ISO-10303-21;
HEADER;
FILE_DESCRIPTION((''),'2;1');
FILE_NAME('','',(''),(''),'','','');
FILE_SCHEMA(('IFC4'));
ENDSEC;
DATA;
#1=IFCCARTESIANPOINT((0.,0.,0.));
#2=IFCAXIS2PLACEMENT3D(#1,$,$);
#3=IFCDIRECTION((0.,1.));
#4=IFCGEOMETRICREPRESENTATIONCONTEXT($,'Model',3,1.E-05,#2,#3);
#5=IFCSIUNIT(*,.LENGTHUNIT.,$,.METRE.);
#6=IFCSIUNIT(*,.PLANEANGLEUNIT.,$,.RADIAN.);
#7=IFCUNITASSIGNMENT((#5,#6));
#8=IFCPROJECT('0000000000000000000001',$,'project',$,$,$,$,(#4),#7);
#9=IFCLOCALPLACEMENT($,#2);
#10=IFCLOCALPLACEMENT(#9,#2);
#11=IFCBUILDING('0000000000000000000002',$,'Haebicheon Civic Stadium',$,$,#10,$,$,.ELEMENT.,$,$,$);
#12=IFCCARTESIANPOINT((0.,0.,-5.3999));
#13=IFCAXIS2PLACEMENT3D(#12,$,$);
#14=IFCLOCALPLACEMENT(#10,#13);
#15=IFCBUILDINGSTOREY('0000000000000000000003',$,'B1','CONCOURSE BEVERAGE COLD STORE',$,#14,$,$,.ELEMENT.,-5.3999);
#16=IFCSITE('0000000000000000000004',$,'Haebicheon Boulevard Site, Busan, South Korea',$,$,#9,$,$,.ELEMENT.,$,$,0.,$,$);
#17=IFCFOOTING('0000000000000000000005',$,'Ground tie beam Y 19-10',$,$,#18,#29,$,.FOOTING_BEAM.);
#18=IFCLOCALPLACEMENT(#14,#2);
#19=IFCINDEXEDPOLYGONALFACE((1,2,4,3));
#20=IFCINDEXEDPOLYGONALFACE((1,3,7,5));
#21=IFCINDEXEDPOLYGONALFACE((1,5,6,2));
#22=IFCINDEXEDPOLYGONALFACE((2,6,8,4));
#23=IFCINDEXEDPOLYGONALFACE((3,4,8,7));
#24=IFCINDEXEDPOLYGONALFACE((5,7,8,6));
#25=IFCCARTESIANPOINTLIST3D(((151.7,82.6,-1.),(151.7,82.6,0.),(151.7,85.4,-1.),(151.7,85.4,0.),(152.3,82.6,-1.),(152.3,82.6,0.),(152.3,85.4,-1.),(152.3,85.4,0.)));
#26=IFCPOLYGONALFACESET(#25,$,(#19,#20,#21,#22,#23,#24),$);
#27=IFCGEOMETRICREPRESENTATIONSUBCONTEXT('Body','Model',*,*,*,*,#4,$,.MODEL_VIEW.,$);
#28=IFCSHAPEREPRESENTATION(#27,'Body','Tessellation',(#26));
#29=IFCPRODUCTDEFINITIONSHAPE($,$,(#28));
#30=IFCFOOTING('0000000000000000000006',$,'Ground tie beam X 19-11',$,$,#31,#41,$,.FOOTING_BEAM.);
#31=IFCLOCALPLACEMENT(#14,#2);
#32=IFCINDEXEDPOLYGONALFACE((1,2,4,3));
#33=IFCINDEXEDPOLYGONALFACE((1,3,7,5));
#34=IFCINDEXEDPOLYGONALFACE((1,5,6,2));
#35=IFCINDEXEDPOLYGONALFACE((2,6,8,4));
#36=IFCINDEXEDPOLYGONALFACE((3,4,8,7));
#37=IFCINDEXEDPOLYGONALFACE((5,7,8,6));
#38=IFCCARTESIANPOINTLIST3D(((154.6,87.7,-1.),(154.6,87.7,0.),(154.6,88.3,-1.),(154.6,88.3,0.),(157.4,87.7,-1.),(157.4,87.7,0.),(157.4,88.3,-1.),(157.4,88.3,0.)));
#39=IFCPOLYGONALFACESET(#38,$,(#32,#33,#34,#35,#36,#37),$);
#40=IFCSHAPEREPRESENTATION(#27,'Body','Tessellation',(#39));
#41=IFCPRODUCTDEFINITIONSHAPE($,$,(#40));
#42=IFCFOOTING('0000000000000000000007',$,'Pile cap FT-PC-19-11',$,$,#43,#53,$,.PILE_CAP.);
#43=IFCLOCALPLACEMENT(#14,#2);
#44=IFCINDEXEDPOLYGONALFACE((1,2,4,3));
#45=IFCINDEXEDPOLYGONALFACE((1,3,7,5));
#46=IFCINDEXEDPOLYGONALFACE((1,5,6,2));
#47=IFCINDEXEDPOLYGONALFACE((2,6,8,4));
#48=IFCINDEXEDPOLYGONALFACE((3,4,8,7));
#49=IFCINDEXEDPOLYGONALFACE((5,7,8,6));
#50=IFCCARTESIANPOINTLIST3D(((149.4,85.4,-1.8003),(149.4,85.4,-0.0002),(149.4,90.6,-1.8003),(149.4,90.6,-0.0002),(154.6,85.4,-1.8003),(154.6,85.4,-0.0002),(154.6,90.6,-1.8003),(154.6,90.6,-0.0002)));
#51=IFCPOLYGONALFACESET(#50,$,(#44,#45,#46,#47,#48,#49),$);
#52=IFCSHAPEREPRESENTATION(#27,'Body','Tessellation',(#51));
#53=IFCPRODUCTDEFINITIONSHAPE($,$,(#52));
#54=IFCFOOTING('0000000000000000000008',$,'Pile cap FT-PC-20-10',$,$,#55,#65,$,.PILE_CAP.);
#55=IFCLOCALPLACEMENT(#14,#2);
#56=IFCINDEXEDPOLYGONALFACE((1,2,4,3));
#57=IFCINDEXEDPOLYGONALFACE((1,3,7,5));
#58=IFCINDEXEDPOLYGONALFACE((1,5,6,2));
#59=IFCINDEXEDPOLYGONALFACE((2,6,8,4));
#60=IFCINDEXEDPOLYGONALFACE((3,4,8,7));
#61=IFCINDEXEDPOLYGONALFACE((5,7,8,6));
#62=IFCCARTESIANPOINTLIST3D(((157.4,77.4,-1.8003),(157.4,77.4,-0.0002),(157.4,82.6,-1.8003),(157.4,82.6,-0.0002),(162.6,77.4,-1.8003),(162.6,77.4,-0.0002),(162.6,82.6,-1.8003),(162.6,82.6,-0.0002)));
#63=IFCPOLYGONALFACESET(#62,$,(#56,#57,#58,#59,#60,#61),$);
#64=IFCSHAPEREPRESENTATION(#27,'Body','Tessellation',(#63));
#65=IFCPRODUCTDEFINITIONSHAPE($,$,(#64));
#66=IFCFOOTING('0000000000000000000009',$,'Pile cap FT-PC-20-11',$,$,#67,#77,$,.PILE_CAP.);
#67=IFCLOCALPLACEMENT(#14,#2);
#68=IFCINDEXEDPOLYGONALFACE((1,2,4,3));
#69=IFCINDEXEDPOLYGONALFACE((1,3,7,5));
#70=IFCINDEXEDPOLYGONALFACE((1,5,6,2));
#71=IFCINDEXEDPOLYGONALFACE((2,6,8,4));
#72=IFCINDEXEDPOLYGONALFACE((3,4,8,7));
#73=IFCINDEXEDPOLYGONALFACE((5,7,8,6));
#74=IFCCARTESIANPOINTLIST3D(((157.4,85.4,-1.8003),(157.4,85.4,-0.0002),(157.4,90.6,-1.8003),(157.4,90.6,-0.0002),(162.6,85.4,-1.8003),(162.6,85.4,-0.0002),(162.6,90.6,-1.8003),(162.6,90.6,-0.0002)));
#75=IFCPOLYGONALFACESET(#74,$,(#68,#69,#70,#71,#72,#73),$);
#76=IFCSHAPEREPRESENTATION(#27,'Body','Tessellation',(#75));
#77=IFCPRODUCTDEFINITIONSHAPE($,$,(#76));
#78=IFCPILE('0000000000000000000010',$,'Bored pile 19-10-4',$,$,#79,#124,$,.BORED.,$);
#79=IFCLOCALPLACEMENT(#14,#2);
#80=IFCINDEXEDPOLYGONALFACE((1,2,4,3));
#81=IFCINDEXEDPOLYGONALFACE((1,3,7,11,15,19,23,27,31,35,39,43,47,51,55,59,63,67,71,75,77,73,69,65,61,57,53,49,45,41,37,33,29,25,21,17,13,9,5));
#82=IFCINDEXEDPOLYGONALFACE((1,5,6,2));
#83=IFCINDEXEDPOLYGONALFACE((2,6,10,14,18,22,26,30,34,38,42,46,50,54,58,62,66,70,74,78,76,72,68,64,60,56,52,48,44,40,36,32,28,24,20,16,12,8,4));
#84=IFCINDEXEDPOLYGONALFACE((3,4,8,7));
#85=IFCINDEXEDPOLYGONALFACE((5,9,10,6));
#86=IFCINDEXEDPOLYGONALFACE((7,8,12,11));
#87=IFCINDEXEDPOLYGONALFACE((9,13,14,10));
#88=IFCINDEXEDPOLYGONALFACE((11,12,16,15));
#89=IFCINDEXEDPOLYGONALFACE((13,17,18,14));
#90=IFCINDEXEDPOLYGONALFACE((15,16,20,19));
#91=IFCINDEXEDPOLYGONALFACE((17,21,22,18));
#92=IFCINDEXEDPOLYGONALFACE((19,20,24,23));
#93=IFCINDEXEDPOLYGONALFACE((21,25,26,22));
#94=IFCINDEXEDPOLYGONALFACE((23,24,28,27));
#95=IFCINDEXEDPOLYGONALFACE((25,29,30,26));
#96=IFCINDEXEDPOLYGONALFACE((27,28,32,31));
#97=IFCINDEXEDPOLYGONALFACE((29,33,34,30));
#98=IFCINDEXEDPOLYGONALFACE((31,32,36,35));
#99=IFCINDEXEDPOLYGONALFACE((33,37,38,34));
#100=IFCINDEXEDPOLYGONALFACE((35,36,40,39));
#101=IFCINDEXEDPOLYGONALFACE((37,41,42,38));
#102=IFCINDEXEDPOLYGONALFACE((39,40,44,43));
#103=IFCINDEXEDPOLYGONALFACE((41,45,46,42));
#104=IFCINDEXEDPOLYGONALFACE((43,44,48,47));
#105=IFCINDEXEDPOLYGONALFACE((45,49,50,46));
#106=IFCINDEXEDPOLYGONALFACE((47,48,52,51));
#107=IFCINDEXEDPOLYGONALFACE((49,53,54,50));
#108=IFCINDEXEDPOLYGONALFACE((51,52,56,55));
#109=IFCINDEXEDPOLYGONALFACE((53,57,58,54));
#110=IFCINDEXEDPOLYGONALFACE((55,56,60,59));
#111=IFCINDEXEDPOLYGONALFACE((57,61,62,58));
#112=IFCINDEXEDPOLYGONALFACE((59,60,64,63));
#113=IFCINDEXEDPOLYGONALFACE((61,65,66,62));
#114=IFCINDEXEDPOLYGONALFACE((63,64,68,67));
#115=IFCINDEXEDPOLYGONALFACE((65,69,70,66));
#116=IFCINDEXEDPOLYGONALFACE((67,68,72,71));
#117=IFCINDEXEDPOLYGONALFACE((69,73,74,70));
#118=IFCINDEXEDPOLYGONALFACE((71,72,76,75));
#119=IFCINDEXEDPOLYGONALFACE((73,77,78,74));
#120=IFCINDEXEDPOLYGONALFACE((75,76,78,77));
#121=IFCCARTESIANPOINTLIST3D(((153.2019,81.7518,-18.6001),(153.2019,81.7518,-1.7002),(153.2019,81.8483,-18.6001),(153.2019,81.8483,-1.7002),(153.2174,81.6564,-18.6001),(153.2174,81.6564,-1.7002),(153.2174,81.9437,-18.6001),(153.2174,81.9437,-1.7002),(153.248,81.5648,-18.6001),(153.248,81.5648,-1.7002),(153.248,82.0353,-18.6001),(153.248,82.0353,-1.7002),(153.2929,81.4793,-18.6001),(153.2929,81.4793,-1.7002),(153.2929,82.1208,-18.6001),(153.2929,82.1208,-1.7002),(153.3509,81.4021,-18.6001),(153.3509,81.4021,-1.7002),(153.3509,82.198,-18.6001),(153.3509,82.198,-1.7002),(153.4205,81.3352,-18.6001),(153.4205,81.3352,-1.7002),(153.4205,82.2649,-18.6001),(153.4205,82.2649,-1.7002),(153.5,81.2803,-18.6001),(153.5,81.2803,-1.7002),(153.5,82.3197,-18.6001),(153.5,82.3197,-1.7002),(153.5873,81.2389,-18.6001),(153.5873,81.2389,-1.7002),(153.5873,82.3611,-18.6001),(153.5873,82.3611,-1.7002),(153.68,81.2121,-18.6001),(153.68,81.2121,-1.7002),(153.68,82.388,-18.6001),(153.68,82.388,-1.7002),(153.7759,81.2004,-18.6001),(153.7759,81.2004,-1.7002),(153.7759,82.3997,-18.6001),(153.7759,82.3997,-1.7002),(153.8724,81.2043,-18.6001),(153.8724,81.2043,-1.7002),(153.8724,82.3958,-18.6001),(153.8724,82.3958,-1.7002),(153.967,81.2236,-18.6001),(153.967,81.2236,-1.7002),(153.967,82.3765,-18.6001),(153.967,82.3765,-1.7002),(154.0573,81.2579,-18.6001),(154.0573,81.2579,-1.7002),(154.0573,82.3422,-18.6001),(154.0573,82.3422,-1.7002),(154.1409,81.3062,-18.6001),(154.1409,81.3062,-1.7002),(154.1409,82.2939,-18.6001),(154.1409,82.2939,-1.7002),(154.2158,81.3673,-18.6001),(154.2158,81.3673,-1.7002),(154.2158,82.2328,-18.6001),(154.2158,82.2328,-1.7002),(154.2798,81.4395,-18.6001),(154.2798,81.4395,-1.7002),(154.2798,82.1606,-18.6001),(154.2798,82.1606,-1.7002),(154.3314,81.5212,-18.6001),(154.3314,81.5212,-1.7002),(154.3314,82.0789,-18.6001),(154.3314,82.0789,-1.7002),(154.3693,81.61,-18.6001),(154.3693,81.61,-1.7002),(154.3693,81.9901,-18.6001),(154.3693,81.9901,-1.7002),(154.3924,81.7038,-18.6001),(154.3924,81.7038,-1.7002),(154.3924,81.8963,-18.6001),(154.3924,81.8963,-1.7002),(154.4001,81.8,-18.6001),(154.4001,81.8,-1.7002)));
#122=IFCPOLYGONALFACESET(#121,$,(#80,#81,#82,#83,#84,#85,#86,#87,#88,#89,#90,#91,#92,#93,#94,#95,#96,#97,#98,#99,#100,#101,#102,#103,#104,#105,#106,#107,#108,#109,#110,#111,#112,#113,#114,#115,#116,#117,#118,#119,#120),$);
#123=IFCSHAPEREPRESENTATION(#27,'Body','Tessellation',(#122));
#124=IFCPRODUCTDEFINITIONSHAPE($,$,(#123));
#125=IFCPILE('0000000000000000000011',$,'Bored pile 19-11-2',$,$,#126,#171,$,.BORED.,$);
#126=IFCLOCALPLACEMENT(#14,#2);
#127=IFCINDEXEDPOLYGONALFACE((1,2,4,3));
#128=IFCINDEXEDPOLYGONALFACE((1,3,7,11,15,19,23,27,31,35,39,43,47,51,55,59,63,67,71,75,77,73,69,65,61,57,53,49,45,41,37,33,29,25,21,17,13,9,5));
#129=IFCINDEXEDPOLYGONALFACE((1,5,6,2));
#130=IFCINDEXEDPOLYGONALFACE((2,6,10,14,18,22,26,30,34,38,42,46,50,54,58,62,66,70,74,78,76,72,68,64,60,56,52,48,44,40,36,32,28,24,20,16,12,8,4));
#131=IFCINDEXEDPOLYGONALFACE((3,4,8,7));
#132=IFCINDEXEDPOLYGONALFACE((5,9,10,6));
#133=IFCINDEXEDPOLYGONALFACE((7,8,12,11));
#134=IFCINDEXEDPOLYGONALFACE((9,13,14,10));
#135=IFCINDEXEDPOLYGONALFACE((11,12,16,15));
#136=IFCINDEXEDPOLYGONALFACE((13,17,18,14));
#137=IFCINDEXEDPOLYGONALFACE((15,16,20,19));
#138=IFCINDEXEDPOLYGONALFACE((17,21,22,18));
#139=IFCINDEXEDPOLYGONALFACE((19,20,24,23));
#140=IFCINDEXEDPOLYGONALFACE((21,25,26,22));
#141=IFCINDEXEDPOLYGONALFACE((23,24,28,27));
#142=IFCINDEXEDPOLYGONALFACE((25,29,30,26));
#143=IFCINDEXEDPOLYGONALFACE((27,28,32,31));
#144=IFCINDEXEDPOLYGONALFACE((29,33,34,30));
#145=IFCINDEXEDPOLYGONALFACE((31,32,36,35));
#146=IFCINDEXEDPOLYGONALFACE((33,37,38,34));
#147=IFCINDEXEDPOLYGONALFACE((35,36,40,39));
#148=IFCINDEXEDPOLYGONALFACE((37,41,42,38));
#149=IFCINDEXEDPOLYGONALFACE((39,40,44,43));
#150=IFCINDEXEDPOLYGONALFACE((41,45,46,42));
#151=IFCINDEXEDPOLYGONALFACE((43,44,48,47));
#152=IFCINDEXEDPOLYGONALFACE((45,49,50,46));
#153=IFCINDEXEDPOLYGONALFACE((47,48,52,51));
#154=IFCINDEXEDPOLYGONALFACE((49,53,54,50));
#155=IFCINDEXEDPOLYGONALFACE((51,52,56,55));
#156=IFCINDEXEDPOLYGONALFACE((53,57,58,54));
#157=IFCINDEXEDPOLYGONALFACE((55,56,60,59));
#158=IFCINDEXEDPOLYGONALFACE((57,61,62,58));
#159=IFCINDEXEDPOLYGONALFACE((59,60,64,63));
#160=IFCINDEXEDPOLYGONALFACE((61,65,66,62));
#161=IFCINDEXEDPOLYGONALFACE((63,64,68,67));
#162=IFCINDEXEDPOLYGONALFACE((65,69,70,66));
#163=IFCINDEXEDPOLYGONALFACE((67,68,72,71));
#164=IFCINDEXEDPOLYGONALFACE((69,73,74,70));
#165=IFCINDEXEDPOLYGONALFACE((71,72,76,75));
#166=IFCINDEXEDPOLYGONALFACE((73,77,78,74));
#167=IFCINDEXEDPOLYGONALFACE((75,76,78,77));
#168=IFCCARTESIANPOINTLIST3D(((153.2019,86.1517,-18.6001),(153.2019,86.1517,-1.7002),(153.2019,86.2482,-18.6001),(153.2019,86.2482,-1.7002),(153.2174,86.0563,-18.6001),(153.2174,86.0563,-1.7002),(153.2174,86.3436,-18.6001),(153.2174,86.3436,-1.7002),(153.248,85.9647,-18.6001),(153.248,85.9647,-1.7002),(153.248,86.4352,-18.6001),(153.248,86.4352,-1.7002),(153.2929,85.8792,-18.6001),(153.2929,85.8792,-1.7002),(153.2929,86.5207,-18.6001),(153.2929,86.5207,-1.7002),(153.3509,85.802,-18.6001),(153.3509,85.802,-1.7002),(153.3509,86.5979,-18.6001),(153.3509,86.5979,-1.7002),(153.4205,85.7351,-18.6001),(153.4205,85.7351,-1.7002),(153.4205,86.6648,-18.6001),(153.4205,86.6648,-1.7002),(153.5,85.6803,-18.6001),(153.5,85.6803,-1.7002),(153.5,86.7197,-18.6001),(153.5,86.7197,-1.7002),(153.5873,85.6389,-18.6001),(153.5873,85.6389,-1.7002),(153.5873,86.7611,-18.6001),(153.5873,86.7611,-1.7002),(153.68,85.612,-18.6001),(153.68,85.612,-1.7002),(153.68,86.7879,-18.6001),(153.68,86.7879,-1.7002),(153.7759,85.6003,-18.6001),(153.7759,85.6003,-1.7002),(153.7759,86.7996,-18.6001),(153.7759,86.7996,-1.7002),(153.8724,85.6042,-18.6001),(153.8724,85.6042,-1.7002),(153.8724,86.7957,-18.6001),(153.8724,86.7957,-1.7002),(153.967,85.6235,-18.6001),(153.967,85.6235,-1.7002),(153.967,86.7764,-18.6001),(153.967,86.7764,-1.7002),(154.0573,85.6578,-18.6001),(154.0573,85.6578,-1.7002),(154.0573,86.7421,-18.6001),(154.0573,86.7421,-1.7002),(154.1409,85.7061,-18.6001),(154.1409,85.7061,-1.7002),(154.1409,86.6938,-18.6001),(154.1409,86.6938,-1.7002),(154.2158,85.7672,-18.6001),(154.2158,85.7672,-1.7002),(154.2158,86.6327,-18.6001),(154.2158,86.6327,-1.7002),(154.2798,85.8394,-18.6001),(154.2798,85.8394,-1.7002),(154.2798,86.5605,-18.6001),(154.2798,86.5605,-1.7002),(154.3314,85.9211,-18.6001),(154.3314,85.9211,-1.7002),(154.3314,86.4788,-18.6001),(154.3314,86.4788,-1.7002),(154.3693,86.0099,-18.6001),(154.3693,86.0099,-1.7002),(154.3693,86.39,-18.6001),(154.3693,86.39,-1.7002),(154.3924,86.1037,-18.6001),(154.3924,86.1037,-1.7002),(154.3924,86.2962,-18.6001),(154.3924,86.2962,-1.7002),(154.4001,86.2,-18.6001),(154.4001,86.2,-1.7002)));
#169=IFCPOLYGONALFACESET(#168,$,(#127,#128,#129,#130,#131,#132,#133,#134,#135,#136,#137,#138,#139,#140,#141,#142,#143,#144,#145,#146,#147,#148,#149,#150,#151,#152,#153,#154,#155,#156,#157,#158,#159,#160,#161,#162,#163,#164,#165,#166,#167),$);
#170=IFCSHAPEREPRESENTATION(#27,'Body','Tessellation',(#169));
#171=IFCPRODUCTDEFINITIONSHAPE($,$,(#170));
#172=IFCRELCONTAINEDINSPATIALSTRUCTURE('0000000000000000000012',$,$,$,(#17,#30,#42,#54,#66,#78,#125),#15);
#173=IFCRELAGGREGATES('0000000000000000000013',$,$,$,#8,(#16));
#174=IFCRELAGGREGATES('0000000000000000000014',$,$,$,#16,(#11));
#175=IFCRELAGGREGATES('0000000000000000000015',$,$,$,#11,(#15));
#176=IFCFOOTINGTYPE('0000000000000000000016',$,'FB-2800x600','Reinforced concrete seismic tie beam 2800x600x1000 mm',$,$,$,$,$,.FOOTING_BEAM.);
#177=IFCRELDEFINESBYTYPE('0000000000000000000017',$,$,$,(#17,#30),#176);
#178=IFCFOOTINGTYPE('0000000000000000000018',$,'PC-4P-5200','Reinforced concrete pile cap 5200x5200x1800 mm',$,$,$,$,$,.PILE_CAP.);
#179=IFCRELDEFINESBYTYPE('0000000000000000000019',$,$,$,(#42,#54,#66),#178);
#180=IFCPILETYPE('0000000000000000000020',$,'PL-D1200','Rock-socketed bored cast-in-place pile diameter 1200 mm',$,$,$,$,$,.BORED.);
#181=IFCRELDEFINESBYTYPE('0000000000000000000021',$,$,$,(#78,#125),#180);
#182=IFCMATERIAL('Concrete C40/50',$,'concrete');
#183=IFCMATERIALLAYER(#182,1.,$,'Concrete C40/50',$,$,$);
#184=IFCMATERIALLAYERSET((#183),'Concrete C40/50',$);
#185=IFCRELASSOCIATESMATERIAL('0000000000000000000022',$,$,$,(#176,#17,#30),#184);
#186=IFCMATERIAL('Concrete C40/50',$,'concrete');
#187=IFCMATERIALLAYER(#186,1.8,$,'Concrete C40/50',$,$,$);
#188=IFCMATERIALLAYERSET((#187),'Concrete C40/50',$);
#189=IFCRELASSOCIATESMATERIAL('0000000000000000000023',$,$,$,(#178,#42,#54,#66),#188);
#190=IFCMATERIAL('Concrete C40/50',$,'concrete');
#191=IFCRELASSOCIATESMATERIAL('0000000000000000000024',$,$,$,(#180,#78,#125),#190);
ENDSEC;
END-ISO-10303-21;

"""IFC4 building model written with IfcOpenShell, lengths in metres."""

from ifc_helpers import new_model, si_unit, direction, frame, origin, origin_2d, place, context, subcontext, project, spatial, rectangle, circle, extrude, material, layer, layer_set, material_profile, profile_set, type_object, element, save


model = new_model("IFC4")

# Units and contexts
model_context = context("Model", 3, precision=1e-05, world=origin(), true_north=direction((0.0, 1.0)))
body_context = subcontext(model_context, "Body", "Model", "MODEL_VIEW")
ifc_project = project(units=[si_unit("LENGTHUNIT", "METRE"), si_unit("PLANEANGLEUNIT", "RADIAN")], contexts=[model_context])

# Site, building, storey
site_placement = place(None, origin())
site = spatial("IfcSite", under=ifc_project, at=site_placement, Name="Haebicheon Boulevard Site, Busan, South Korea", CompositionType="ELEMENT", RefElevation=0.0)
building_placement = place(site_placement, origin())
building = spatial("IfcBuilding", under=site, at=building_placement, Name="Haebicheon Civic Stadium", CompositionType="ELEMENT")
storey_placement = place(building_placement, frame((0.0, 0.0, -5.3999)))
storey = spatial("IfcBuildingStorey", under=building, at=storey_placement, Name="B1", Description="CONCOURSE BEVERAGE COLD STORE", CompositionType="ELEMENT", Elevation=-5.3999)

# Footings
ifc_material_1 = material(Name="Concrete C40/50", Category="concrete")
ifc_layer_1 = layer(ifc_material_1, 1.0, Name="Concrete C40/50")
ifc_layer_set_1 = layer_set([ifc_layer_1], Name="Concrete C40/50")
footing_type_1 = type_object("IfcFootingType", Name="FB-2800x600", Description="Reinforced concrete seismic tie beam 2800x600x1000 mm", PredefinedType="FOOTING_BEAM", material=ifc_layer_set_1)
for number, where, z_axis, x_axis, name in (
    (1, (152.0, 84.0, -1.0), (0.0, 0.0, 1.0), (0.0, 1.0, 0.0), "Ground tie beam Y 19-10"),
    (2, (156.0, 88.0, -1.0), (0.0, 0.0, 1.0), (1.0, 0.0, 0.0), "Ground tie beam X 19-11"),
):
    element("IfcFooting", number, at=place(storey_placement, frame(where, z_axis=z_axis, x_axis=x_axis)), inside=storey, type_object=footing_type_1, material=ifc_layer_set_1, Name=name, PredefinedType="FOOTING_BEAM", context=body_context, shape_type="SweptSolid", body=[
        extrude(rectangle(XDim=2.8, YDim=0.6001, at=origin_2d()), origin(), (0.0, 0.0, 1.0), 1.0),
    ])
ifc_material_2 = material(Name="Concrete C40/50", Category="concrete")
ifc_layer_2 = layer(ifc_material_2, 1.8, Name="Concrete C40/50")
ifc_layer_set_2 = layer_set([ifc_layer_2], Name="Concrete C40/50")
footing_type_2 = type_object("IfcFootingType", Name="PC-4P-5200", Description="Reinforced concrete pile cap 5200x5200x1800 mm", PredefinedType="PILE_CAP", material=ifc_layer_set_2)
for number, where, z_axis, x_axis, name in (
    (3, (152.0, 88.0, -1.8003), (0.0, 0.0, 1.0), (1.0, 0.0, 0.0), "Pile cap FT-PC-19-11"),
    (4, (160.0, 80.0, -1.8003), (0.0, 0.0, 1.0), (1.0, 0.0, 0.0), "Pile cap FT-PC-20-10"),
    (5, (160.0, 88.0, -1.8003), (0.0, 0.0, 1.0), (1.0, 0.0, 0.0), "Pile cap FT-PC-20-11"),
):
    element("IfcFooting", number, at=place(storey_placement, frame(where, z_axis=z_axis, x_axis=x_axis)), inside=storey, type_object=footing_type_2, material=ifc_layer_set_2, Name=name, PredefinedType="PILE_CAP", context=body_context, shape_type="SweptSolid", body=[
        extrude(rectangle(XDim=5.2, YDim=5.2, at=origin_2d()), origin(), (0.0, 0.0, 1.0), 1.8),
    ])

# Piles
ifc_material_3 = material(Name="Concrete C40/50", Category="concrete")
ifc_material_profile_1 = material_profile(ifc_material_3, circle(Radius=0.6001, at=origin_2d()), Name="PILE-D1200")
ifc_profile_set_1 = profile_set([ifc_material_profile_1], Name="Concrete C40/50")
pile_type = type_object("IfcPileType", Name="PL-D1200", Description="Rock-socketed bored cast-in-place pile diameter 1200 mm", PredefinedType="BORED", material=ifc_profile_set_1)
for number, where, z_axis, x_axis, name in (
    (6, (153.8, 81.8, -1.7002), (0.0, 0.0, -1.0), (1.0, 0.0, 0.0), "Bored pile 19-10-4"),
    (7, (153.8, 86.2, -1.7002), (0.0, 0.0, -1.0), (1.0, 0.0, 0.0), "Bored pile 19-11-2"),
):
    element("IfcPile", number, at=place(storey_placement, frame(where, z_axis=z_axis, x_axis=x_axis)), inside=storey, type_object=pile_type, material=ifc_profile_set_1, Name=name, PredefinedType="BORED", context=body_context, shape_type="SweptSolid", body=[
        extrude(circle(Radius=0.6001, at=origin_2d()), origin(), (0.0, 0.0, 1.0), 16.8999),
    ])

save(model, "model.ifc")
